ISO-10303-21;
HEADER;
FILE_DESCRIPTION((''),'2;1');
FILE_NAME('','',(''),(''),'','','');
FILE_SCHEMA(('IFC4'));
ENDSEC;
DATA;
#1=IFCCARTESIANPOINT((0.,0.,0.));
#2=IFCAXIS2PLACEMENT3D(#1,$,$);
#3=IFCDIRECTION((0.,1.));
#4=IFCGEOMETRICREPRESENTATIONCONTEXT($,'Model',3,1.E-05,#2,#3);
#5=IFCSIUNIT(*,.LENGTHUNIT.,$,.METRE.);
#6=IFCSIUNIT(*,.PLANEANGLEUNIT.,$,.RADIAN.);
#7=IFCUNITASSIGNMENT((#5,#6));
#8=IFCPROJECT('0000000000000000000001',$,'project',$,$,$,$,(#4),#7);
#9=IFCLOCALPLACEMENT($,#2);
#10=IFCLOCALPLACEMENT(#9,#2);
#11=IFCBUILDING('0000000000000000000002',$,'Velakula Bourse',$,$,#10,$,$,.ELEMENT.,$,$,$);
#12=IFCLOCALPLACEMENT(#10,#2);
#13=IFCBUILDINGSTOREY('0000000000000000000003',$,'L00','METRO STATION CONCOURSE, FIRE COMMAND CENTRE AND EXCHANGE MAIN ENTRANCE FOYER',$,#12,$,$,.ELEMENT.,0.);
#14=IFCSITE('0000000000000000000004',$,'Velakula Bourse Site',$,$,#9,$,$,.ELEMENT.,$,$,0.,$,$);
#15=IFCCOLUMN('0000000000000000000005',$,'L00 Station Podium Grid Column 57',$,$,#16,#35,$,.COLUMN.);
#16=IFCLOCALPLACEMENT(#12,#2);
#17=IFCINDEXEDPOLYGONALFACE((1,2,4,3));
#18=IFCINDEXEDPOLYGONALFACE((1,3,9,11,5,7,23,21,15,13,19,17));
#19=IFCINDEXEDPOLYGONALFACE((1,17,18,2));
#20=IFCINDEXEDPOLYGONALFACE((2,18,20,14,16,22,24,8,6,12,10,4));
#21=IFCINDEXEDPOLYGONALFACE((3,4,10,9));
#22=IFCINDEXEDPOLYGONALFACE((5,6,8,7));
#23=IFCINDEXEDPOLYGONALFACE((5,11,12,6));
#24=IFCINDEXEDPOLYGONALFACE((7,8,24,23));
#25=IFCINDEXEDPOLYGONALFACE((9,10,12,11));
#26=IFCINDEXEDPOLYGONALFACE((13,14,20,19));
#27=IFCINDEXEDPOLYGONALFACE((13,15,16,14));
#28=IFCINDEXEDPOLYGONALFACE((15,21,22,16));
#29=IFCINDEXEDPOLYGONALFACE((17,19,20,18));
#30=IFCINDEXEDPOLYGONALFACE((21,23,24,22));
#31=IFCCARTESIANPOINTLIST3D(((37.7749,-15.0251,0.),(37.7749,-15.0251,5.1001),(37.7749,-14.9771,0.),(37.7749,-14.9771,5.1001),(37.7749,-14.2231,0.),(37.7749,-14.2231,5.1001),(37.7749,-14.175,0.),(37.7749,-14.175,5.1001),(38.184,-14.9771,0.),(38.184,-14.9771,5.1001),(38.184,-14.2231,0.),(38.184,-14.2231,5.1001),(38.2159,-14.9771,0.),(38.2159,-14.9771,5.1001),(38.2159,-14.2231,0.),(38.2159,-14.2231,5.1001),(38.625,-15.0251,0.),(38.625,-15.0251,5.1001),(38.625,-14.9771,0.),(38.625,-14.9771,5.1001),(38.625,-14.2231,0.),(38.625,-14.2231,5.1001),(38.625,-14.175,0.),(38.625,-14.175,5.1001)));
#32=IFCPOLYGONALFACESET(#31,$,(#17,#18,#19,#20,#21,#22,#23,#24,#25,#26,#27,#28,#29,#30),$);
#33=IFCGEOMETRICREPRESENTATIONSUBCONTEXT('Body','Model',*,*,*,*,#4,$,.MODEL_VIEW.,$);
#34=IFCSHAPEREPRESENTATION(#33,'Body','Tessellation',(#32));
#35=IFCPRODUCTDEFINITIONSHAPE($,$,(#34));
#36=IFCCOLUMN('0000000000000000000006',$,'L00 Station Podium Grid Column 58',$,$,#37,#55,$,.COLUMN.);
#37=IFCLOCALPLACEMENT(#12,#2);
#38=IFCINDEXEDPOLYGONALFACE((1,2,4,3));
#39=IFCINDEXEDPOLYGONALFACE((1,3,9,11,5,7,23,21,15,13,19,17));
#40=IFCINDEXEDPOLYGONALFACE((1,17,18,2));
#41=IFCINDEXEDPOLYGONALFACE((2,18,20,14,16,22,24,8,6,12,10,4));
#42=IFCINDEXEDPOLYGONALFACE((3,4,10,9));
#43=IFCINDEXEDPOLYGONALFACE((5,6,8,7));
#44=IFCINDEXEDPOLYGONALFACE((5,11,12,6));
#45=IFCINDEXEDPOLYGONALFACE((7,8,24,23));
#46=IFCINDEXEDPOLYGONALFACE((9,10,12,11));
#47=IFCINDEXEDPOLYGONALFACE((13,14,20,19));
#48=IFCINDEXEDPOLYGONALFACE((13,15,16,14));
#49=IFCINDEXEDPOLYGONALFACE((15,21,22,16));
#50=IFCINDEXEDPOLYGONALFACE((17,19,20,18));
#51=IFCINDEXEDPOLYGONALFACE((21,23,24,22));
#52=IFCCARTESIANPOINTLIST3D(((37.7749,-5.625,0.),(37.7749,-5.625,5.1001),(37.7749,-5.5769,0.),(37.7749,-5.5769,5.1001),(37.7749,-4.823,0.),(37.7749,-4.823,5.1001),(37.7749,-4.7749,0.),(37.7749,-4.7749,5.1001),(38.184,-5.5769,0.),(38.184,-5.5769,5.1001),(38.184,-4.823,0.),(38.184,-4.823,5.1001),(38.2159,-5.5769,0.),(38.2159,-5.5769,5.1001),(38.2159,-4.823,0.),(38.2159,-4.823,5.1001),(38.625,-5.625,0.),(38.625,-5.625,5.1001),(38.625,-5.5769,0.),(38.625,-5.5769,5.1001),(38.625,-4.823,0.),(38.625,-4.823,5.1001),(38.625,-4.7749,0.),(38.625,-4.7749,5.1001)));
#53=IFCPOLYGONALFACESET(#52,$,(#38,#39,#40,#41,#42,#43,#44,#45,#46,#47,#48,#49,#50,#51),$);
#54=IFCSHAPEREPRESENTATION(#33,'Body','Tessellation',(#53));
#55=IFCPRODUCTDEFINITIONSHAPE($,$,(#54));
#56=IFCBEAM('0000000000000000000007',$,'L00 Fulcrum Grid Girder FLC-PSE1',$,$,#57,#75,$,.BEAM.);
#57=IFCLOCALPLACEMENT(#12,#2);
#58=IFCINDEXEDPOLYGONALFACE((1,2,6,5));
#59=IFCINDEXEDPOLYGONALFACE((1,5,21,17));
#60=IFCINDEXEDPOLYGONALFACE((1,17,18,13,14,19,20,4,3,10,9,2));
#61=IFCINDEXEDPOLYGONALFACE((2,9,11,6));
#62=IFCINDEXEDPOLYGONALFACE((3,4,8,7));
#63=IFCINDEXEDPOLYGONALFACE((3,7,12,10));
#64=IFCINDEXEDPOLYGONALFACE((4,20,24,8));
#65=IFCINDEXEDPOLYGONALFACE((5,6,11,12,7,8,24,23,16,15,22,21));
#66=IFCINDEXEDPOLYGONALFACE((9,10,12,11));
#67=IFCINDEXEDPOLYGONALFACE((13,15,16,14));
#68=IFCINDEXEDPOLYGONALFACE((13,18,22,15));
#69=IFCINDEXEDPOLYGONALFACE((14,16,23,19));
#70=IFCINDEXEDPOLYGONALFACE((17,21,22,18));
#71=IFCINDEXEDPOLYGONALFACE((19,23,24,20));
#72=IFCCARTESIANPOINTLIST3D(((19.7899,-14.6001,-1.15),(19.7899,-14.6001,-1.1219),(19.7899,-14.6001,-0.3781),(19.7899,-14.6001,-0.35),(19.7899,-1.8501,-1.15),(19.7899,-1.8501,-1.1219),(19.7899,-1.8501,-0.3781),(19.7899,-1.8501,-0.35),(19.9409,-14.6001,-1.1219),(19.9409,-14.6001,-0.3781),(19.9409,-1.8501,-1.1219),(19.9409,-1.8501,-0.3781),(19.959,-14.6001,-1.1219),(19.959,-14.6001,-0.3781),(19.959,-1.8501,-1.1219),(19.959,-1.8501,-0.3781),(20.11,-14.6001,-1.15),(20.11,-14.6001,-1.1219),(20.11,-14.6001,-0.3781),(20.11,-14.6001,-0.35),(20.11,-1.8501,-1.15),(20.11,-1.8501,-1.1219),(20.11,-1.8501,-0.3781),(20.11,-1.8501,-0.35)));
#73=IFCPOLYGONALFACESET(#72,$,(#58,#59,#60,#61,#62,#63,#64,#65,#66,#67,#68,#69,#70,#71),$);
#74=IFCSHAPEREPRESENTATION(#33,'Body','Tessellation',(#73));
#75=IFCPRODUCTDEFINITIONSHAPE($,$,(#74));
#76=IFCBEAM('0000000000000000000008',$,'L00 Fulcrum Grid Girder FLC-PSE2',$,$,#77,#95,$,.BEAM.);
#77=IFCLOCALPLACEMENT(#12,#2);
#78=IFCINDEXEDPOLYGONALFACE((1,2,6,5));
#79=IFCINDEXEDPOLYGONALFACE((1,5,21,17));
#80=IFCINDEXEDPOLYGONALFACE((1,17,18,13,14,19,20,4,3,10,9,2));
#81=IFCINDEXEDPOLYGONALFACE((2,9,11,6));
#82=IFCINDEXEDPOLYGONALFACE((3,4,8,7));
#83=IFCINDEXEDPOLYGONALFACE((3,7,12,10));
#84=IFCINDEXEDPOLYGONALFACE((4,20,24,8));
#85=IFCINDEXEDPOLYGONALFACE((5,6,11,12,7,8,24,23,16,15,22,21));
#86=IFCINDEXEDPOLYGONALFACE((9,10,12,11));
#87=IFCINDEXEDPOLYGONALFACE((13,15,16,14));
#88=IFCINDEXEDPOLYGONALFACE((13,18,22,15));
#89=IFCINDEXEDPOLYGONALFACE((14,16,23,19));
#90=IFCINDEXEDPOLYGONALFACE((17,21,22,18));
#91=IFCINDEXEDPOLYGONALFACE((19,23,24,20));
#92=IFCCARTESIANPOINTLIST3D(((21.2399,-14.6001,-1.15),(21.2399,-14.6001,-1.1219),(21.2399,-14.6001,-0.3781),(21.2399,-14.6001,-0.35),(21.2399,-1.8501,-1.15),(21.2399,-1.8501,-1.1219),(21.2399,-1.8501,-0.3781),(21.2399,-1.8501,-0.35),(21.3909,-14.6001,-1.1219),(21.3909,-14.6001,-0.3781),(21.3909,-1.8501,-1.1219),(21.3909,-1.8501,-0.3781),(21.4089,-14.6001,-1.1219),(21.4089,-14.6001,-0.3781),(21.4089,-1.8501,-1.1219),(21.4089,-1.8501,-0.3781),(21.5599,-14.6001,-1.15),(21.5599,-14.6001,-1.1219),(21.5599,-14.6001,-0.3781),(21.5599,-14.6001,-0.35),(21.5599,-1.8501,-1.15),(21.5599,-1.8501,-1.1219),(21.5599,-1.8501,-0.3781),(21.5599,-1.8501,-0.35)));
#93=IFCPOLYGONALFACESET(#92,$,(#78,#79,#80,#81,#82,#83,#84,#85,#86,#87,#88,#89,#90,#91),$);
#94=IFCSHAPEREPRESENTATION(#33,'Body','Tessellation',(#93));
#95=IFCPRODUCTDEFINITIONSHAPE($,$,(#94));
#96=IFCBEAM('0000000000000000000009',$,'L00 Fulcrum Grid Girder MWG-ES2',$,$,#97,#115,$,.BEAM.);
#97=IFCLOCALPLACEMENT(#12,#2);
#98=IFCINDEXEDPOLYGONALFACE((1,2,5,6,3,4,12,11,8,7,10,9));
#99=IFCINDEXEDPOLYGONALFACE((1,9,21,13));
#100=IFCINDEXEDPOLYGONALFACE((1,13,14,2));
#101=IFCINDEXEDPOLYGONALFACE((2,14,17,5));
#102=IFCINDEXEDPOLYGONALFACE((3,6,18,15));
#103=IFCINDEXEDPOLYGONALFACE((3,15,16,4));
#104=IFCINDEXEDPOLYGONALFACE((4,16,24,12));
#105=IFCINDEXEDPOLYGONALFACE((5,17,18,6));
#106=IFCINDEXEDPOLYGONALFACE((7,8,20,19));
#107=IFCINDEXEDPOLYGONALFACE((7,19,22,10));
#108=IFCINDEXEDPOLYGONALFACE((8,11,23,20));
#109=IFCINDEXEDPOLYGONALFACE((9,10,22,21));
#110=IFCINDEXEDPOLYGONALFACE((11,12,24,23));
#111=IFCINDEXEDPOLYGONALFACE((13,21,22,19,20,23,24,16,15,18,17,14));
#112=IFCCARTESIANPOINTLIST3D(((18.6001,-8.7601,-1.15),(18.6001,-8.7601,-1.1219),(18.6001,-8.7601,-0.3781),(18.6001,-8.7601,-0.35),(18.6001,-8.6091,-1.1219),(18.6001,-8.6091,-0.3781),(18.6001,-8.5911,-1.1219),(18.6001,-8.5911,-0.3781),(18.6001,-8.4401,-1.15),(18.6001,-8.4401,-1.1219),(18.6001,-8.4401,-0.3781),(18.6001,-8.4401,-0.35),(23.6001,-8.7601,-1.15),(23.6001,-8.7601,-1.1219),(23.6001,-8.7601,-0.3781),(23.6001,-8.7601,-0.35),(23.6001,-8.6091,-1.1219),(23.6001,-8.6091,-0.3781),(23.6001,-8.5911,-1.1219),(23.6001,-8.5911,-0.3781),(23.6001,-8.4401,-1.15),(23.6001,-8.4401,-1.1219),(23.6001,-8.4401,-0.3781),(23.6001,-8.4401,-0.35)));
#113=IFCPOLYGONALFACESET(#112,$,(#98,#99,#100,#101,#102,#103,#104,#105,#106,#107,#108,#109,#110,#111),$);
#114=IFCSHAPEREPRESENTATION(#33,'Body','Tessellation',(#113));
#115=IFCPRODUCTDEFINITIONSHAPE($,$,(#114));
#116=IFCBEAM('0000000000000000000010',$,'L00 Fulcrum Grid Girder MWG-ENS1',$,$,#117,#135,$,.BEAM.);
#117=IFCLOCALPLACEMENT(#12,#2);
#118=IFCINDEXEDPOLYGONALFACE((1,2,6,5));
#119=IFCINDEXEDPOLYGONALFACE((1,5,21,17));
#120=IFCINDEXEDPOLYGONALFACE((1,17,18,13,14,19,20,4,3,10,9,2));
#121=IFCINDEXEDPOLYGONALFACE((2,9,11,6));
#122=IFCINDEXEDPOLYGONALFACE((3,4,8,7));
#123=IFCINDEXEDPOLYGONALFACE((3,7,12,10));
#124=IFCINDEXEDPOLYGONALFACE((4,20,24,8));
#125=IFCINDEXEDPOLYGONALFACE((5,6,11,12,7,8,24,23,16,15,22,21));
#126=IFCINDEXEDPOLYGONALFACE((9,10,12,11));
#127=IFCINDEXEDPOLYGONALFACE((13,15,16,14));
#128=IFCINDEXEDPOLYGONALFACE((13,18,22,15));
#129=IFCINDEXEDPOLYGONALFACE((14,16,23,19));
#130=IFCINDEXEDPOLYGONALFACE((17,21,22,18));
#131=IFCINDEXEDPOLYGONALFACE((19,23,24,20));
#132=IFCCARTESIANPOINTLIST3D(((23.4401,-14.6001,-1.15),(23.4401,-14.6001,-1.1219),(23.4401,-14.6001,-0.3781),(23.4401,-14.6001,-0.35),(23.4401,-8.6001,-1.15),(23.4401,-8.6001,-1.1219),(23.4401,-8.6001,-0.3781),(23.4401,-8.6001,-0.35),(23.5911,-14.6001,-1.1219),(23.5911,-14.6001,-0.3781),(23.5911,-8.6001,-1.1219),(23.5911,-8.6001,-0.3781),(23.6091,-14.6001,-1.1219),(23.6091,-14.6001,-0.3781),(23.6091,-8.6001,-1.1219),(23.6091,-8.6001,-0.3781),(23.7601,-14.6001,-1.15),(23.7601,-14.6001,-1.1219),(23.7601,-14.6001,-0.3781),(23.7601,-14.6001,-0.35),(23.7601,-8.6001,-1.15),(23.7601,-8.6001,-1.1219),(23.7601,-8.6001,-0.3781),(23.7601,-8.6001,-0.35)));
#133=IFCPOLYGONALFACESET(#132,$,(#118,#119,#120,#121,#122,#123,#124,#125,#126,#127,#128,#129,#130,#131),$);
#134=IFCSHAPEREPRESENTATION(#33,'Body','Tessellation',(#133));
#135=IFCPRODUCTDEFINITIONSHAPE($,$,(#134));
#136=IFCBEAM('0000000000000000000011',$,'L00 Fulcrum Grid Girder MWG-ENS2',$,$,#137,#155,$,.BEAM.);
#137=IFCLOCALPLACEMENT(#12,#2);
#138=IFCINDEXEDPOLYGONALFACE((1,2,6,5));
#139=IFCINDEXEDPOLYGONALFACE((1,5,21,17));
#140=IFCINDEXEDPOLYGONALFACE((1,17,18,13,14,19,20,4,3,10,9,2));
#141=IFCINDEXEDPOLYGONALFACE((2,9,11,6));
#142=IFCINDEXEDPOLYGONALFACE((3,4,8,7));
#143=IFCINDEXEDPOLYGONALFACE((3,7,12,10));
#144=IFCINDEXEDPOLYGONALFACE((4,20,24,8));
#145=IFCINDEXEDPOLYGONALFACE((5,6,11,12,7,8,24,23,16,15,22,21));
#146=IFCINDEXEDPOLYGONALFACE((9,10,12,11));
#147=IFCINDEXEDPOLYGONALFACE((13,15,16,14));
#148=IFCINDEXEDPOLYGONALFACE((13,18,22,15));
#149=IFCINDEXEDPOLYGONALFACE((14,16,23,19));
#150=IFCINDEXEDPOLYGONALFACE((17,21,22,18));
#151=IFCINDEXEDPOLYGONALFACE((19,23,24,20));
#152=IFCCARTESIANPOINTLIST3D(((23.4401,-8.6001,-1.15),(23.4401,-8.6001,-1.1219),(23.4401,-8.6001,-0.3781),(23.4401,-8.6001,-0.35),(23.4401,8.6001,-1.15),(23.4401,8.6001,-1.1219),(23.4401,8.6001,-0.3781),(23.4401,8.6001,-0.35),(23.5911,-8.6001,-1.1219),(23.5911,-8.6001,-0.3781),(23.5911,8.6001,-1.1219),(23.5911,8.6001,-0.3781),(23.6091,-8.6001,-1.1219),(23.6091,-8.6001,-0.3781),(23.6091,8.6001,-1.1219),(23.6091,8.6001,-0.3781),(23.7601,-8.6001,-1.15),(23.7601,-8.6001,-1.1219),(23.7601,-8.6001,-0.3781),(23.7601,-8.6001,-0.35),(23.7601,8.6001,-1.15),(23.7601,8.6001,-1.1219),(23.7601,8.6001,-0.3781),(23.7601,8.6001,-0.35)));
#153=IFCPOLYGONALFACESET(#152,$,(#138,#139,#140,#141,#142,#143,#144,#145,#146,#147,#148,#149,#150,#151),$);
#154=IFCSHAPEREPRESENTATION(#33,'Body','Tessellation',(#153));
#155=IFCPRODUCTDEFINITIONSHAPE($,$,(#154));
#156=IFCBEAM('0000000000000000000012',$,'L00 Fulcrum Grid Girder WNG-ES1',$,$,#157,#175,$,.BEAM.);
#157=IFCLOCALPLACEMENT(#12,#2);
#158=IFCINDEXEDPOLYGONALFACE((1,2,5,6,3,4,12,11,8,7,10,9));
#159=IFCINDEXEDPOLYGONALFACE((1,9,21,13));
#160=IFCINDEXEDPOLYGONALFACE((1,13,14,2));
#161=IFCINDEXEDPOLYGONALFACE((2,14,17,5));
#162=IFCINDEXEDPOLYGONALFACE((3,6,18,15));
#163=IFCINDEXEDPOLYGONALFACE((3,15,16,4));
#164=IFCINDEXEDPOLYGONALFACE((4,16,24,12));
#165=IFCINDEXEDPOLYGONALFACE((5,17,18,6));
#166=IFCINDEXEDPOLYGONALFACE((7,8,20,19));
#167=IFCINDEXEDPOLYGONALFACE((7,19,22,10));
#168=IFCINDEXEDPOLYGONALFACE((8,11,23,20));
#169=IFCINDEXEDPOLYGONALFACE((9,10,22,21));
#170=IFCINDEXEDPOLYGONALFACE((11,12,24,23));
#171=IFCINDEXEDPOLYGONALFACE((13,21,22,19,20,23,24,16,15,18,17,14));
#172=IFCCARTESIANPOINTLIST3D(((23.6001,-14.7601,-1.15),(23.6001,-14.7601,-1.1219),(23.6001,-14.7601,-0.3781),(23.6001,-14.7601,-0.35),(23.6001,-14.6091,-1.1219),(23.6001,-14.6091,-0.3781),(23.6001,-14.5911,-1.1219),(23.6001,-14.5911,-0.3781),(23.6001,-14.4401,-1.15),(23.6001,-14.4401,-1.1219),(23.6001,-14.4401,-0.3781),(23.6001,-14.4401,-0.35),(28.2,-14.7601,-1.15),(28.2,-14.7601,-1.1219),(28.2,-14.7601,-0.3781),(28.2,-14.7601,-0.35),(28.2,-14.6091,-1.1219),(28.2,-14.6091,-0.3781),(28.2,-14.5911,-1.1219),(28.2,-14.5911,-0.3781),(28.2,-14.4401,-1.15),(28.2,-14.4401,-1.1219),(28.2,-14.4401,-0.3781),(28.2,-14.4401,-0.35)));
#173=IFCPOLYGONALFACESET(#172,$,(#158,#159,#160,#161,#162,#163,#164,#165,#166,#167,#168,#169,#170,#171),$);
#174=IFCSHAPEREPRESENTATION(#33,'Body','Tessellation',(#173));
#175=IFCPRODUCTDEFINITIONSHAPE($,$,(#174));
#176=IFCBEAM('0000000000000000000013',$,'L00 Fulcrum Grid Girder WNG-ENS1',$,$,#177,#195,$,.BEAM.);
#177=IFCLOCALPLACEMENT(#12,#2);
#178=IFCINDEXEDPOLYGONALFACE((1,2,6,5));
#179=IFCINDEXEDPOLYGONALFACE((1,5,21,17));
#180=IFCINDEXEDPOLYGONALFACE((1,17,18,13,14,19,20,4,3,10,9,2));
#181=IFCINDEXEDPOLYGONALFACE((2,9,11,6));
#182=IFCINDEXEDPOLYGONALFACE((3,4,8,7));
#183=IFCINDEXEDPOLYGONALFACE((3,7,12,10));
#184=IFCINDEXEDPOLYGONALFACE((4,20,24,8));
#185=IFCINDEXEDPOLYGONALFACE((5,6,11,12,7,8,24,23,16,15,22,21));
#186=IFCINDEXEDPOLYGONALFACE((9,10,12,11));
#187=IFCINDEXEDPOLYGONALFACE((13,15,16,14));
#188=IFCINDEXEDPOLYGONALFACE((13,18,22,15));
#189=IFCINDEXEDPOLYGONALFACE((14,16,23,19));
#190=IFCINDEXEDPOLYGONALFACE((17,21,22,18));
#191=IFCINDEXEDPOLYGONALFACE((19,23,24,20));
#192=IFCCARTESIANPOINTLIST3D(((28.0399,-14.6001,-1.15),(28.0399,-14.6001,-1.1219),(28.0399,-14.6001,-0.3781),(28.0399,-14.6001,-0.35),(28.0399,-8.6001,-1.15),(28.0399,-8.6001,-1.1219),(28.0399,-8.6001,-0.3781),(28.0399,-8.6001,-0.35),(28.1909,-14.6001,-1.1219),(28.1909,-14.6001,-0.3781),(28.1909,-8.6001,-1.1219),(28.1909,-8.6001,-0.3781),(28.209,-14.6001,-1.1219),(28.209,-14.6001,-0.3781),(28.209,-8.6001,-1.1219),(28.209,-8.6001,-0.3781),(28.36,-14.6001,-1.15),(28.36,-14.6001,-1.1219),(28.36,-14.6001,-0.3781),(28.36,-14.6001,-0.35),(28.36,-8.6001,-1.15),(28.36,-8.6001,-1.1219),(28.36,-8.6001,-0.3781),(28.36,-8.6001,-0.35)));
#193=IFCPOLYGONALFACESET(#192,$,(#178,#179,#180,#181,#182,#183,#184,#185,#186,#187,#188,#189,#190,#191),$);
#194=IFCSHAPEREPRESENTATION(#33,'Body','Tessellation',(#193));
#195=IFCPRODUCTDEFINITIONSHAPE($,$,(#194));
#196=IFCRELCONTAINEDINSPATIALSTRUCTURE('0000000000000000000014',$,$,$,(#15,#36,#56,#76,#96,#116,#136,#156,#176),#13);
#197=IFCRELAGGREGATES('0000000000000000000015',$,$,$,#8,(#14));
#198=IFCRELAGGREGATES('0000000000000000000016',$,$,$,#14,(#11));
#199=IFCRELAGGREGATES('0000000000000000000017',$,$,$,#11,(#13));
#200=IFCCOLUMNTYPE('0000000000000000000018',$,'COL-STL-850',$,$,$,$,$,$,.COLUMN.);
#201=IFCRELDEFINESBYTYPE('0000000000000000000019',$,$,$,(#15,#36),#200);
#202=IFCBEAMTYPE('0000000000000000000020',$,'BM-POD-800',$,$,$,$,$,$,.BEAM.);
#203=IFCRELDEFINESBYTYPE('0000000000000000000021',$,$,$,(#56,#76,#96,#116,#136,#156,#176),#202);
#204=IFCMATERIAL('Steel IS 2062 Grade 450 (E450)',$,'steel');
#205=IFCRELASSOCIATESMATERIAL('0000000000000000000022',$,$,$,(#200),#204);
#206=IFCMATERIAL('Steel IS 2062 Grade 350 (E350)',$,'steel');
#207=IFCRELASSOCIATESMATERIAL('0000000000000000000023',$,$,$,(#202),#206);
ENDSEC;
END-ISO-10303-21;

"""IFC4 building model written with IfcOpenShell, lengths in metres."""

from ifc_helpers import new_model, si_unit, direction, frame, origin, origin_2d, place, context, subcontext, project, spatial, i_section, extrude, material, material_profile, profile_set, type_object, element, save


model = new_model("IFC4")

# Units and contexts
model_context = context("Model", 3, precision=1e-05, world=origin(), true_north=direction((0.0, 1.0)))
body_context = subcontext(model_context, "Body", "Model", "MODEL_VIEW")
ifc_project = project(units=[si_unit("LENGTHUNIT", "METRE"), si_unit("PLANEANGLEUNIT", "RADIAN")], contexts=[model_context])

# Site, building, storey
site_placement = place(None, origin())
site = spatial("IfcSite", under=ifc_project, at=site_placement, Name="Velakula Bourse Site", CompositionType="ELEMENT", RefElevation=0.0)
building_placement = place(site_placement, origin())
building = spatial("IfcBuilding", under=site, at=building_placement, Name="Velakula Bourse", CompositionType="ELEMENT")
storey_placement = place(building_placement, origin())
storey = spatial("IfcBuildingStorey", under=building, at=storey_placement, Name="L00", Description="METRO STATION CONCOURSE, FIRE COMMAND CENTRE AND EXCHANGE MAIN ENTRANCE FOYER", CompositionType="ELEMENT", Elevation=0.0)

# Columns
ifc_material_1 = material(Name="Steel IS 2062 Grade 450 (E450)", Category="steel")
ifc_material_profile_1 = material_profile(ifc_material_1, i_section(OverallWidth=0.8501, OverallDepth=0.8501, WebThickness=0.032, FlangeThickness=0.0481, at=origin_2d()), Name="Steel IS 2062 Grade 450 (E450)")
ifc_profile_set_1 = profile_set([ifc_material_profile_1], Name="Steel IS 2062 Grade 450 (E450)")
column_type_1 = type_object("IfcColumnType", Name="COL-STL-850", PredefinedType="COLUMN", material=ifc_profile_set_1)
for number, where, z_axis, x_axis, name in (
    (1, (38.2, -14.6001, 0.0), (0.0, 0.0, 1.0), (1.0, 0.0, 0.0), "L00 Station Podium Grid Column 57"),
    (2, (38.2, -5.2, 0.0), (0.0, 0.0, 1.0), (1.0, 0.0, 0.0), "L00 Station Podium Grid Column 58"),
):
    element("IfcColumn", number, at=place(storey_placement, frame(where, z_axis=z_axis, x_axis=x_axis)), inside=storey, type_object=column_type_1, Name=name, PredefinedType="COLUMN", context=body_context, shape_type="SweptSolid", body=[
        extrude(i_section(OverallWidth=0.8501, OverallDepth=0.8501, WebThickness=0.032, FlangeThickness=0.0481, at=origin_2d()), origin(), (0.0, 0.0, 1.0), 5.1001),
    ])

# Beams
ifc_material_2 = material(Name="Steel IS 2062 Grade 350 (E350)", Category="steel")
ifc_material_profile_2 = material_profile(ifc_material_2, i_section(OverallWidth=0.3201, OverallDepth=0.8, WebThickness=0.0181, FlangeThickness=0.0281, at=origin_2d()), Name="Steel IS 2062 Grade 350 (E350)")
ifc_profile_set_2 = profile_set([ifc_material_profile_2], Name="Steel IS 2062 Grade 350 (E350)")
beam_type_1 = type_object("IfcBeamType", Name="BM-POD-800", PredefinedType="BEAM", material=ifc_profile_set_2)
for number, where, z_axis, x_axis, name in (
    (3, (19.95, -14.6001, -0.75), (0.0, 1.0, 0.0), (-1.0, 0.0, 0.0), "L00 Fulcrum Grid Girder FLC-PSE1"),
    (4, (21.3999, -14.6001, -0.75), (0.0, 1.0, 0.0), (-1.0, 0.0, 0.0), "L00 Fulcrum Grid Girder FLC-PSE2"),
):
    element("IfcBeam", number, at=place(storey_placement, frame(where, z_axis=z_axis, x_axis=x_axis)), inside=storey, type_object=beam_type_1, Name=name, PredefinedType="BEAM", context=body_context, shape_type="SweptSolid", body=[
        extrude(i_section(OverallWidth=0.3201, OverallDepth=0.8, WebThickness=0.0181, FlangeThickness=0.0281, at=origin_2d()), origin(), (0.0, 0.0, 1.0), 12.75),
    ])
beam_1_placement = place(storey_placement, frame((18.6001, -8.6001, -0.75), z_axis=(1.0, 0.0, 0.0), x_axis=(0.0, 1.0, 0.0)))
element("IfcBeam", 5, at=beam_1_placement, inside=storey, type_object=beam_type_1, Name="L00 Fulcrum Grid Girder MWG-ES2", PredefinedType="BEAM", context=body_context, shape_type="SweptSolid", body=[
    extrude(i_section(OverallWidth=0.3201, OverallDepth=0.8, WebThickness=0.0181, FlangeThickness=0.0281, at=origin_2d()), origin(), (0.0, 0.0, 1.0), 5.0),
])
beam_2_placement = place(storey_placement, frame((23.6001, -14.6001, -0.75), z_axis=(0.0, 1.0, 0.0), x_axis=(-1.0, 0.0, 0.0)))
element("IfcBeam", 6, at=beam_2_placement, inside=storey, type_object=beam_type_1, Name="L00 Fulcrum Grid Girder MWG-ENS1", PredefinedType="BEAM", context=body_context, shape_type="SweptSolid", body=[
    extrude(i_section(OverallWidth=0.3201, OverallDepth=0.8, WebThickness=0.0181, FlangeThickness=0.0281, at=origin_2d()), origin(), (0.0, 0.0, 1.0), 6.0),
])
beam_3_placement = place(storey_placement, frame((23.6001, -8.6001, -0.75), z_axis=(0.0, 1.0, 0.0), x_axis=(-1.0, 0.0, 0.0)))
element("IfcBeam", 7, at=beam_3_placement, inside=storey, type_object=beam_type_1, Name="L00 Fulcrum Grid Girder MWG-ENS2", PredefinedType="BEAM", context=body_context, shape_type="SweptSolid", body=[
    extrude(i_section(OverallWidth=0.3201, OverallDepth=0.8, WebThickness=0.0181, FlangeThickness=0.0281, at=origin_2d()), origin(), (0.0, 0.0, 1.0), 17.2002),
])
beam_4_placement = place(storey_placement, frame((23.6001, -14.6001, -0.75), z_axis=(1.0, 0.0, 0.0), x_axis=(0.0, 1.0, 0.0)))
element("IfcBeam", 8, at=beam_4_placement, inside=storey, type_object=beam_type_1, Name="L00 Fulcrum Grid Girder WNG-ES1", PredefinedType="BEAM", context=body_context, shape_type="SweptSolid", body=[
    extrude(i_section(OverallWidth=0.3201, OverallDepth=0.8, WebThickness=0.0181, FlangeThickness=0.0281, at=origin_2d()), origin(), (0.0, 0.0, 1.0), 4.5999),
])
beam_5_placement = place(storey_placement, frame((28.2, -14.6001, -0.75), z_axis=(0.0, 1.0, 0.0), x_axis=(-1.0, 0.0, 0.0)))
element("IfcBeam", 9, at=beam_5_placement, inside=storey, type_object=beam_type_1, Name="L00 Fulcrum Grid Girder WNG-ENS1", PredefinedType="BEAM", context=body_context, shape_type="SweptSolid", body=[
    extrude(i_section(OverallWidth=0.3201, OverallDepth=0.8, WebThickness=0.0181, FlangeThickness=0.0281, at=origin_2d()), origin(), (0.0, 0.0, 1.0), 6.0),
])

save(model, "model.ifc")
